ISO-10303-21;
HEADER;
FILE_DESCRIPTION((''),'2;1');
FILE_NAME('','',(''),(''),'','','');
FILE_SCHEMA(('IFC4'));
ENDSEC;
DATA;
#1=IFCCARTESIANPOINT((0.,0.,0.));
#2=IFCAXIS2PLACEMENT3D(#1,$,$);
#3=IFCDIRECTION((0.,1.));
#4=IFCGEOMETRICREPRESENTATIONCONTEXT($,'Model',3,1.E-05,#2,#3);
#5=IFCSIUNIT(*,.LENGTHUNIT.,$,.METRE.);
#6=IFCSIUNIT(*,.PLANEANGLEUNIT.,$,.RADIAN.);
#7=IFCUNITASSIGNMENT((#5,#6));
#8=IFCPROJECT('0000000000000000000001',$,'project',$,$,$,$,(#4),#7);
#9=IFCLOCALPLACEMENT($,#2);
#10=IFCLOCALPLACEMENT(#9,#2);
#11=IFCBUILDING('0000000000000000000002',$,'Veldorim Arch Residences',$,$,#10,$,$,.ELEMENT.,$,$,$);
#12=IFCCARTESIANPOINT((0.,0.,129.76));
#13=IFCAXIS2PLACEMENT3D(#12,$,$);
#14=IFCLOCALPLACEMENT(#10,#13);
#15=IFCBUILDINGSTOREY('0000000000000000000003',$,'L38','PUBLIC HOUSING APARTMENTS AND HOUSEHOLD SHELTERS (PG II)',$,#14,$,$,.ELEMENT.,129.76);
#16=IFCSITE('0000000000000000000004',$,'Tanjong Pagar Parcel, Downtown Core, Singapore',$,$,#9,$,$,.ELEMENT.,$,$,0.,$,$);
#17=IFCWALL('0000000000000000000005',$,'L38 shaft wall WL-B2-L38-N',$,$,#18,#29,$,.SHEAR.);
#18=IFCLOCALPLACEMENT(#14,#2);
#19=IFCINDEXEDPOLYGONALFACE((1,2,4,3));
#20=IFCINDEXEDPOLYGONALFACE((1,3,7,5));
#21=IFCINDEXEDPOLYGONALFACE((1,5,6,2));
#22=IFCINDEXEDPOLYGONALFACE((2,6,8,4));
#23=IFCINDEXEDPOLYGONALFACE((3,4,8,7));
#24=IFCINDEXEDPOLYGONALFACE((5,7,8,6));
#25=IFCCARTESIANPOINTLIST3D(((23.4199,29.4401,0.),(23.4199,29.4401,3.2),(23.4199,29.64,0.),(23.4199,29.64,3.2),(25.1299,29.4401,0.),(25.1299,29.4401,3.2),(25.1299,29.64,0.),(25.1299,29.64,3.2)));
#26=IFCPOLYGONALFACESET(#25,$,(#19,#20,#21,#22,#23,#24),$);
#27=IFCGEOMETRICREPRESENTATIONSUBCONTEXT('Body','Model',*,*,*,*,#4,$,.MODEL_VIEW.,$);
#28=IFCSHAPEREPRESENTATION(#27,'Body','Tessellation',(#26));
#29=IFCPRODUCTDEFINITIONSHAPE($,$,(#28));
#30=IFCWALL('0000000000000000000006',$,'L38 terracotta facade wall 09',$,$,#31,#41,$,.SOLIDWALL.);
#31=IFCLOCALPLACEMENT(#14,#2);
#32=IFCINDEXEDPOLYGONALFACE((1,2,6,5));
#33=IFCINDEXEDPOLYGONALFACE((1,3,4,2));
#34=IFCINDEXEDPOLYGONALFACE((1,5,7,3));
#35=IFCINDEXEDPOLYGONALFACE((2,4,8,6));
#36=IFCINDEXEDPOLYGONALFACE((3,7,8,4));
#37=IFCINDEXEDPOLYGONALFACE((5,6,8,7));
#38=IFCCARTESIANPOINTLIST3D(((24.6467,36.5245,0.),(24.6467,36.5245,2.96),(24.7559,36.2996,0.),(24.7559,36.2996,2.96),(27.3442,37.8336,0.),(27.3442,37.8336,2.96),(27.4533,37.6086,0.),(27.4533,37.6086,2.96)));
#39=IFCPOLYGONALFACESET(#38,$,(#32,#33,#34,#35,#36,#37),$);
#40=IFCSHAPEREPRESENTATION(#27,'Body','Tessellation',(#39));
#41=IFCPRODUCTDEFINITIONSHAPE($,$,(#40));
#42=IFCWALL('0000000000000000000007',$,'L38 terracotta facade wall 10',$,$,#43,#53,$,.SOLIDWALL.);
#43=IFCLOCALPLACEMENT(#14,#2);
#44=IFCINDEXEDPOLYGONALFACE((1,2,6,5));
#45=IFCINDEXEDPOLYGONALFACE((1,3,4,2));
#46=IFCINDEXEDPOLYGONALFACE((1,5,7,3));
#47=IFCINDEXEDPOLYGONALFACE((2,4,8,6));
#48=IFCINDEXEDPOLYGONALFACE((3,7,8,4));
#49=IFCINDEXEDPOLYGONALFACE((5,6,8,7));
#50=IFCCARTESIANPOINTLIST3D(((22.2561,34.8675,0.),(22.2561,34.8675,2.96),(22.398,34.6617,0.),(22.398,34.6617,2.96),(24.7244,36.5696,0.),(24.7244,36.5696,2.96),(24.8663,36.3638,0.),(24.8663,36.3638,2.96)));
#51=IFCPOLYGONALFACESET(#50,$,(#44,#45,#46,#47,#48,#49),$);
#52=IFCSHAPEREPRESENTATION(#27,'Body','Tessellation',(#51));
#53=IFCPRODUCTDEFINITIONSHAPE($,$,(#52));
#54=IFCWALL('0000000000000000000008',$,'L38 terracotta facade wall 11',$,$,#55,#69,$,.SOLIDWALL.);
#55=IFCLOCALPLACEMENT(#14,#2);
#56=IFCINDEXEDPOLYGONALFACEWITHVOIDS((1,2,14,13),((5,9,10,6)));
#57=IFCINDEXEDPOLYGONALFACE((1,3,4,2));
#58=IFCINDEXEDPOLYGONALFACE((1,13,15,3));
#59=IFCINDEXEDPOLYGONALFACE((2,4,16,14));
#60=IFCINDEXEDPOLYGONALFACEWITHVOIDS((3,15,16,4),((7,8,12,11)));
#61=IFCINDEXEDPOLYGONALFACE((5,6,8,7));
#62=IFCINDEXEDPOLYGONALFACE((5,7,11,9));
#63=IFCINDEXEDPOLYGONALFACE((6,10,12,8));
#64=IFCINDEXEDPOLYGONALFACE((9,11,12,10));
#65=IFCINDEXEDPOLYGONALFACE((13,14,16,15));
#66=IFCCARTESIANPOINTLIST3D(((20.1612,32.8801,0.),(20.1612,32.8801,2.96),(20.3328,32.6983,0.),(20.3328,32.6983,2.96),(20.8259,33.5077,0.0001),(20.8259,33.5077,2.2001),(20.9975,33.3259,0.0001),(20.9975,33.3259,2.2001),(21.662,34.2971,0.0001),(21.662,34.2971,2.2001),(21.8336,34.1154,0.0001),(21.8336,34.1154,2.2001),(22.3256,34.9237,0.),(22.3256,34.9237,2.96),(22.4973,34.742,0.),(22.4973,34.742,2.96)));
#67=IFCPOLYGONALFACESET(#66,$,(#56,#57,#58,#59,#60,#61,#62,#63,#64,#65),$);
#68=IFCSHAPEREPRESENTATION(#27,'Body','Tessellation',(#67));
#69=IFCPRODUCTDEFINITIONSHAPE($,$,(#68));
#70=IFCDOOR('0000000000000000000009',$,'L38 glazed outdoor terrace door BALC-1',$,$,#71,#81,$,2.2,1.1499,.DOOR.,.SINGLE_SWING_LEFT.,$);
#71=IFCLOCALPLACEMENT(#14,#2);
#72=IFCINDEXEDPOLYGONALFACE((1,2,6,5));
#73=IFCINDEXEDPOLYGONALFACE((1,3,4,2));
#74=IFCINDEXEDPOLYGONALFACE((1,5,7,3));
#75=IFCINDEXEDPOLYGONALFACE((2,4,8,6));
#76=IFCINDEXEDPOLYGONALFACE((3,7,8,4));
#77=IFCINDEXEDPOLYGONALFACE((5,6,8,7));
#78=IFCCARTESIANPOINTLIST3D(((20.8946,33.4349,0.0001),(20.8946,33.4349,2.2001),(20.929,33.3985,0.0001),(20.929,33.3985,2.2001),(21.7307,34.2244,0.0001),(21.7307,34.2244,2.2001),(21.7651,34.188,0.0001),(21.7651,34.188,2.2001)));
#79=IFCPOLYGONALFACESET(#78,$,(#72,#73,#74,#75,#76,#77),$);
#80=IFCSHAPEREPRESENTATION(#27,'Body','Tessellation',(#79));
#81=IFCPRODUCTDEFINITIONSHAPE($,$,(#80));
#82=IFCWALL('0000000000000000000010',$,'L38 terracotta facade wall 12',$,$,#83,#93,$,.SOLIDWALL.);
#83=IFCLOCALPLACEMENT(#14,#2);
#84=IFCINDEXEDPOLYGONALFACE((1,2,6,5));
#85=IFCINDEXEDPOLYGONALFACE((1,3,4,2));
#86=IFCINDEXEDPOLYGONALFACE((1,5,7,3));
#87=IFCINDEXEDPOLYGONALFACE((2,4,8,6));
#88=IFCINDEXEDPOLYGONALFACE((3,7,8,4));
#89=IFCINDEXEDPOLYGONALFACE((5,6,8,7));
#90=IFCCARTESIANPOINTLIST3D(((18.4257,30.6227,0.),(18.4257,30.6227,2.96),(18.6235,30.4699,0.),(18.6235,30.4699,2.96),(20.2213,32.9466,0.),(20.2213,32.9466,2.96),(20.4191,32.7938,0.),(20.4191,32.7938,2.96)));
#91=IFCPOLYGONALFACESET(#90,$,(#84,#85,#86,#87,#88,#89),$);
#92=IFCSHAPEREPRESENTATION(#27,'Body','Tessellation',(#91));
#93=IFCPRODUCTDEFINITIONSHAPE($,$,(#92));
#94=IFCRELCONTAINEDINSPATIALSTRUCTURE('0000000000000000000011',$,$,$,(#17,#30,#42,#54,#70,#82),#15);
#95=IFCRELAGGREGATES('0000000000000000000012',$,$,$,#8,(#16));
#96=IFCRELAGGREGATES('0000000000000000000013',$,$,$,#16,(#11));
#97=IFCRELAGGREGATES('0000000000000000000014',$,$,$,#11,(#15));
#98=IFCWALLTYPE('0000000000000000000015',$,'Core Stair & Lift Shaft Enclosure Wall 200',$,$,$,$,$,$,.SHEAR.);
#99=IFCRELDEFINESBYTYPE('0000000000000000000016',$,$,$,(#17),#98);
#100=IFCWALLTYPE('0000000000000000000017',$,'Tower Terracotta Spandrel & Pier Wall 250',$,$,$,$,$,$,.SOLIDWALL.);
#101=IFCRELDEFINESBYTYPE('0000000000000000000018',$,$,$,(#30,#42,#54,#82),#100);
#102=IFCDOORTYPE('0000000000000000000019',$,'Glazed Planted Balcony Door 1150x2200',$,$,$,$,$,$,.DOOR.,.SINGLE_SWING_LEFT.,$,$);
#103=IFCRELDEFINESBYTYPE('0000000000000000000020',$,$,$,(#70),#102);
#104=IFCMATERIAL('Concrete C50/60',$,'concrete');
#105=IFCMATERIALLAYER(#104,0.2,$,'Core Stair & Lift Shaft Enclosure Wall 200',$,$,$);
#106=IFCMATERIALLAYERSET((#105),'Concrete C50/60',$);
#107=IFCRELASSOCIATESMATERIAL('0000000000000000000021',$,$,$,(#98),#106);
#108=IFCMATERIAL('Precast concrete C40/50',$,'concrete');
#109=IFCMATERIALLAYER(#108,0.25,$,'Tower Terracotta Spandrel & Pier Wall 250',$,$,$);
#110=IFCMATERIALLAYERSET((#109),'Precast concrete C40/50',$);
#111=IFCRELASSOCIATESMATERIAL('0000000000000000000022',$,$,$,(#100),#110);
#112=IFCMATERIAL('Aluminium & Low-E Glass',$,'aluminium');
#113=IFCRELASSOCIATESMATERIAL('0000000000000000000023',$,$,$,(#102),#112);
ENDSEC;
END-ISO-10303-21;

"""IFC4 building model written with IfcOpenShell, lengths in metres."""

from ifc_helpers import new_model, si_unit, direction, frame, frame_2d, origin, place, context, subcontext, project, spatial, rectangle, extrude, material, layer, layer_set, type_object, element, fill, save


model = new_model("IFC4")

# Units and contexts
model_context = context("Model", 3, precision=1e-05, world=origin(), true_north=direction((0.0, 1.0)))
body_context = subcontext(model_context, "Body", "Model", "MODEL_VIEW")
ifc_project = project(units=[si_unit("LENGTHUNIT", "METRE"), si_unit("PLANEANGLEUNIT", "RADIAN")], contexts=[model_context])

# Site, building, storey
site_placement = place(None, origin())
site = spatial("IfcSite", under=ifc_project, at=site_placement, Name="Tanjong Pagar Parcel, Downtown Core, Singapore", CompositionType="ELEMENT", RefElevation=0.0)
building_placement = place(site_placement, origin())
building = spatial("IfcBuilding", under=site, at=building_placement, Name="Veldorim Arch Residences", CompositionType="ELEMENT")
storey_placement = place(building_placement, frame((0.0, 0.0, 129.76)))
storey = spatial("IfcBuildingStorey", under=building, at=storey_placement, Name="L38", Description="PUBLIC HOUSING APARTMENTS AND HOUSEHOLD SHELTERS (PG II)", CompositionType="ELEMENT", Elevation=129.76)

# Wall
ifc_material_1 = material(Name="Concrete C50/60", Category="concrete")
ifc_layer_1 = layer(ifc_material_1, 0.2, Name="Core Stair & Lift Shaft Enclosure Wall 200")
ifc_layer_set_1 = layer_set([ifc_layer_1], Name="Concrete C50/60")
wall_type_1 = type_object("IfcWallType", Name="Core Stair & Lift Shaft Enclosure Wall 200", PredefinedType="SHEAR", material=ifc_layer_set_1)
wall_1_placement = place(storey_placement, frame((23.4199, 29.54, 0.0), z_axis=(0.0, 0.0, 1.0), x_axis=(1.0, 0.0, 0.0)))
element("IfcWall", 1, at=wall_1_placement, inside=storey, type_object=wall_type_1, Name="L38 shaft wall WL-B2-L38-N", PredefinedType="SHEAR", context=body_context, shape_type="SweptSolid", body=[
    extrude(rectangle(XDim=1.71, YDim=0.2, at=frame_2d((0.855, 0.0))), origin(), (0.0, 0.0, 1.0), 3.2),
])

# Walls
ifc_material_2 = material(Name="Precast concrete C40/50", Category="concrete")
ifc_layer_2 = layer(ifc_material_2, 0.25, Name="Tower Terracotta Spandrel & Pier Wall 250")
ifc_layer_set_2 = layer_set([ifc_layer_2], Name="Precast concrete C40/50")
wall_type_2 = type_object("IfcWallType", Name="Tower Terracotta Spandrel & Pier Wall 250", PredefinedType="SOLIDWALL", material=ifc_layer_set_2)
for number, where, z_axis, x_axis, name in (
    (2, (24.7014, 36.4121, 0.0), (0.0, 0.0, 1.0), (0.899657, 0.436597, 0.0), "L38 terracotta facade wall 09"),
    (3, (22.3271, 34.7646, 0.0), (0.0, 0.0, 1.0), (0.823229, 0.56771, 0.0), "L38 terracotta facade wall 10"),
):
    element("IfcWall", number, at=place(storey_placement, frame(where, z_axis=z_axis, x_axis=x_axis)), inside=storey, type_object=wall_type_2, Name=name, PredefinedType="SOLIDWALL", context=body_context, shape_type="SweptSolid", body=[
        extrude(rectangle(XDim=2.9983, YDim=0.25, at=frame_2d((1.499, 0.0))), origin(), (0.0, 0.0, 1.0), 2.96),
    ])

# Wall, opening, door
wall_2_placement = place(storey_placement, frame((20.2471, 32.7893, 0.0), z_axis=(0.0, 0.0, 1.0), x_axis=(0.727113, 0.686518, 0.0)))
wall_2 = element("IfcWall", 4, at=wall_2_placement, inside=storey, type_object=wall_type_2, Name="L38 terracotta facade wall 11", PredefinedType="SOLIDWALL", context=body_context, shape_type="SweptSolid", body=[
    extrude(rectangle(XDim=2.9768, YDim=0.25, at=frame_2d((1.4883, 0.0))), origin(), (0.0, 0.0, 1.0), 2.96),
])
opening_1_placement = place(wall_2_placement, frame((0.9141, 0.0, 0.0)))
opening_1 = element("IfcOpeningElement", 5, at=opening_1_placement, cuts=wall_2, PredefinedType="OPENING", context=body_context, shape_type="SweptSolid", body=[
    extrude(rectangle(XDim=1.1499, YDim=2.2, at=frame_2d((0.575, 1.1001))), frame((0.0, 0.135, 0.0), z_axis=(0.0, -1.0, 0.0), x_axis=(1.0, 0.0, 0.0)), (0.0, 0.0, 1.0), 0.27),
])
ifc_material_3 = material(Name="Aluminium & Low-E Glass", Category="aluminium")
door_type_1 = type_object("IfcDoorType", Name="Glazed Planted Balcony Door 1150x2200", OperationType="SINGLE_SWING_LEFT", PredefinedType="DOOR", material=ifc_material_3)
door_1_placement = place(opening_1_placement, origin())
door_1 = element("IfcDoor", 6, at=door_1_placement, inside=storey, type_object=door_type_1, Name="L38 glazed outdoor terrace door BALC-1", OperationType="SINGLE_SWING_LEFT", OverallHeight=2.2, OverallWidth=1.1499, PredefinedType="DOOR", context=body_context, shape_type="SweptSolid", body=[
    extrude(rectangle(XDim=1.1499, YDim=2.2, at=frame_2d((0.575, 1.1001))), frame((0.0, 0.0249, 0.0), z_axis=(0.0, -1.0, 0.0), x_axis=(1.0, 0.0, 0.0)), (0.0, 0.0, 1.0), 0.05),
])
fill(opening_1, door_1)

# Wall
wall_3_placement = place(storey_placement, frame((18.5247, 30.5464, 0.0), z_axis=(0.0, 0.0, 1.0), x_axis=(0.611417, 0.791309, 0.0)))
element("IfcWall", 7, at=wall_3_placement, inside=storey, type_object=wall_type_2, Name="L38 terracotta facade wall 12", PredefinedType="SOLIDWALL", context=body_context, shape_type="SweptSolid", body=[
    extrude(rectangle(XDim=2.9368, YDim=0.25, at=frame_2d((1.4683, 0.0))), origin(), (0.0, 0.0, 1.0), 2.96),
])

save(model, "model.ifc")
